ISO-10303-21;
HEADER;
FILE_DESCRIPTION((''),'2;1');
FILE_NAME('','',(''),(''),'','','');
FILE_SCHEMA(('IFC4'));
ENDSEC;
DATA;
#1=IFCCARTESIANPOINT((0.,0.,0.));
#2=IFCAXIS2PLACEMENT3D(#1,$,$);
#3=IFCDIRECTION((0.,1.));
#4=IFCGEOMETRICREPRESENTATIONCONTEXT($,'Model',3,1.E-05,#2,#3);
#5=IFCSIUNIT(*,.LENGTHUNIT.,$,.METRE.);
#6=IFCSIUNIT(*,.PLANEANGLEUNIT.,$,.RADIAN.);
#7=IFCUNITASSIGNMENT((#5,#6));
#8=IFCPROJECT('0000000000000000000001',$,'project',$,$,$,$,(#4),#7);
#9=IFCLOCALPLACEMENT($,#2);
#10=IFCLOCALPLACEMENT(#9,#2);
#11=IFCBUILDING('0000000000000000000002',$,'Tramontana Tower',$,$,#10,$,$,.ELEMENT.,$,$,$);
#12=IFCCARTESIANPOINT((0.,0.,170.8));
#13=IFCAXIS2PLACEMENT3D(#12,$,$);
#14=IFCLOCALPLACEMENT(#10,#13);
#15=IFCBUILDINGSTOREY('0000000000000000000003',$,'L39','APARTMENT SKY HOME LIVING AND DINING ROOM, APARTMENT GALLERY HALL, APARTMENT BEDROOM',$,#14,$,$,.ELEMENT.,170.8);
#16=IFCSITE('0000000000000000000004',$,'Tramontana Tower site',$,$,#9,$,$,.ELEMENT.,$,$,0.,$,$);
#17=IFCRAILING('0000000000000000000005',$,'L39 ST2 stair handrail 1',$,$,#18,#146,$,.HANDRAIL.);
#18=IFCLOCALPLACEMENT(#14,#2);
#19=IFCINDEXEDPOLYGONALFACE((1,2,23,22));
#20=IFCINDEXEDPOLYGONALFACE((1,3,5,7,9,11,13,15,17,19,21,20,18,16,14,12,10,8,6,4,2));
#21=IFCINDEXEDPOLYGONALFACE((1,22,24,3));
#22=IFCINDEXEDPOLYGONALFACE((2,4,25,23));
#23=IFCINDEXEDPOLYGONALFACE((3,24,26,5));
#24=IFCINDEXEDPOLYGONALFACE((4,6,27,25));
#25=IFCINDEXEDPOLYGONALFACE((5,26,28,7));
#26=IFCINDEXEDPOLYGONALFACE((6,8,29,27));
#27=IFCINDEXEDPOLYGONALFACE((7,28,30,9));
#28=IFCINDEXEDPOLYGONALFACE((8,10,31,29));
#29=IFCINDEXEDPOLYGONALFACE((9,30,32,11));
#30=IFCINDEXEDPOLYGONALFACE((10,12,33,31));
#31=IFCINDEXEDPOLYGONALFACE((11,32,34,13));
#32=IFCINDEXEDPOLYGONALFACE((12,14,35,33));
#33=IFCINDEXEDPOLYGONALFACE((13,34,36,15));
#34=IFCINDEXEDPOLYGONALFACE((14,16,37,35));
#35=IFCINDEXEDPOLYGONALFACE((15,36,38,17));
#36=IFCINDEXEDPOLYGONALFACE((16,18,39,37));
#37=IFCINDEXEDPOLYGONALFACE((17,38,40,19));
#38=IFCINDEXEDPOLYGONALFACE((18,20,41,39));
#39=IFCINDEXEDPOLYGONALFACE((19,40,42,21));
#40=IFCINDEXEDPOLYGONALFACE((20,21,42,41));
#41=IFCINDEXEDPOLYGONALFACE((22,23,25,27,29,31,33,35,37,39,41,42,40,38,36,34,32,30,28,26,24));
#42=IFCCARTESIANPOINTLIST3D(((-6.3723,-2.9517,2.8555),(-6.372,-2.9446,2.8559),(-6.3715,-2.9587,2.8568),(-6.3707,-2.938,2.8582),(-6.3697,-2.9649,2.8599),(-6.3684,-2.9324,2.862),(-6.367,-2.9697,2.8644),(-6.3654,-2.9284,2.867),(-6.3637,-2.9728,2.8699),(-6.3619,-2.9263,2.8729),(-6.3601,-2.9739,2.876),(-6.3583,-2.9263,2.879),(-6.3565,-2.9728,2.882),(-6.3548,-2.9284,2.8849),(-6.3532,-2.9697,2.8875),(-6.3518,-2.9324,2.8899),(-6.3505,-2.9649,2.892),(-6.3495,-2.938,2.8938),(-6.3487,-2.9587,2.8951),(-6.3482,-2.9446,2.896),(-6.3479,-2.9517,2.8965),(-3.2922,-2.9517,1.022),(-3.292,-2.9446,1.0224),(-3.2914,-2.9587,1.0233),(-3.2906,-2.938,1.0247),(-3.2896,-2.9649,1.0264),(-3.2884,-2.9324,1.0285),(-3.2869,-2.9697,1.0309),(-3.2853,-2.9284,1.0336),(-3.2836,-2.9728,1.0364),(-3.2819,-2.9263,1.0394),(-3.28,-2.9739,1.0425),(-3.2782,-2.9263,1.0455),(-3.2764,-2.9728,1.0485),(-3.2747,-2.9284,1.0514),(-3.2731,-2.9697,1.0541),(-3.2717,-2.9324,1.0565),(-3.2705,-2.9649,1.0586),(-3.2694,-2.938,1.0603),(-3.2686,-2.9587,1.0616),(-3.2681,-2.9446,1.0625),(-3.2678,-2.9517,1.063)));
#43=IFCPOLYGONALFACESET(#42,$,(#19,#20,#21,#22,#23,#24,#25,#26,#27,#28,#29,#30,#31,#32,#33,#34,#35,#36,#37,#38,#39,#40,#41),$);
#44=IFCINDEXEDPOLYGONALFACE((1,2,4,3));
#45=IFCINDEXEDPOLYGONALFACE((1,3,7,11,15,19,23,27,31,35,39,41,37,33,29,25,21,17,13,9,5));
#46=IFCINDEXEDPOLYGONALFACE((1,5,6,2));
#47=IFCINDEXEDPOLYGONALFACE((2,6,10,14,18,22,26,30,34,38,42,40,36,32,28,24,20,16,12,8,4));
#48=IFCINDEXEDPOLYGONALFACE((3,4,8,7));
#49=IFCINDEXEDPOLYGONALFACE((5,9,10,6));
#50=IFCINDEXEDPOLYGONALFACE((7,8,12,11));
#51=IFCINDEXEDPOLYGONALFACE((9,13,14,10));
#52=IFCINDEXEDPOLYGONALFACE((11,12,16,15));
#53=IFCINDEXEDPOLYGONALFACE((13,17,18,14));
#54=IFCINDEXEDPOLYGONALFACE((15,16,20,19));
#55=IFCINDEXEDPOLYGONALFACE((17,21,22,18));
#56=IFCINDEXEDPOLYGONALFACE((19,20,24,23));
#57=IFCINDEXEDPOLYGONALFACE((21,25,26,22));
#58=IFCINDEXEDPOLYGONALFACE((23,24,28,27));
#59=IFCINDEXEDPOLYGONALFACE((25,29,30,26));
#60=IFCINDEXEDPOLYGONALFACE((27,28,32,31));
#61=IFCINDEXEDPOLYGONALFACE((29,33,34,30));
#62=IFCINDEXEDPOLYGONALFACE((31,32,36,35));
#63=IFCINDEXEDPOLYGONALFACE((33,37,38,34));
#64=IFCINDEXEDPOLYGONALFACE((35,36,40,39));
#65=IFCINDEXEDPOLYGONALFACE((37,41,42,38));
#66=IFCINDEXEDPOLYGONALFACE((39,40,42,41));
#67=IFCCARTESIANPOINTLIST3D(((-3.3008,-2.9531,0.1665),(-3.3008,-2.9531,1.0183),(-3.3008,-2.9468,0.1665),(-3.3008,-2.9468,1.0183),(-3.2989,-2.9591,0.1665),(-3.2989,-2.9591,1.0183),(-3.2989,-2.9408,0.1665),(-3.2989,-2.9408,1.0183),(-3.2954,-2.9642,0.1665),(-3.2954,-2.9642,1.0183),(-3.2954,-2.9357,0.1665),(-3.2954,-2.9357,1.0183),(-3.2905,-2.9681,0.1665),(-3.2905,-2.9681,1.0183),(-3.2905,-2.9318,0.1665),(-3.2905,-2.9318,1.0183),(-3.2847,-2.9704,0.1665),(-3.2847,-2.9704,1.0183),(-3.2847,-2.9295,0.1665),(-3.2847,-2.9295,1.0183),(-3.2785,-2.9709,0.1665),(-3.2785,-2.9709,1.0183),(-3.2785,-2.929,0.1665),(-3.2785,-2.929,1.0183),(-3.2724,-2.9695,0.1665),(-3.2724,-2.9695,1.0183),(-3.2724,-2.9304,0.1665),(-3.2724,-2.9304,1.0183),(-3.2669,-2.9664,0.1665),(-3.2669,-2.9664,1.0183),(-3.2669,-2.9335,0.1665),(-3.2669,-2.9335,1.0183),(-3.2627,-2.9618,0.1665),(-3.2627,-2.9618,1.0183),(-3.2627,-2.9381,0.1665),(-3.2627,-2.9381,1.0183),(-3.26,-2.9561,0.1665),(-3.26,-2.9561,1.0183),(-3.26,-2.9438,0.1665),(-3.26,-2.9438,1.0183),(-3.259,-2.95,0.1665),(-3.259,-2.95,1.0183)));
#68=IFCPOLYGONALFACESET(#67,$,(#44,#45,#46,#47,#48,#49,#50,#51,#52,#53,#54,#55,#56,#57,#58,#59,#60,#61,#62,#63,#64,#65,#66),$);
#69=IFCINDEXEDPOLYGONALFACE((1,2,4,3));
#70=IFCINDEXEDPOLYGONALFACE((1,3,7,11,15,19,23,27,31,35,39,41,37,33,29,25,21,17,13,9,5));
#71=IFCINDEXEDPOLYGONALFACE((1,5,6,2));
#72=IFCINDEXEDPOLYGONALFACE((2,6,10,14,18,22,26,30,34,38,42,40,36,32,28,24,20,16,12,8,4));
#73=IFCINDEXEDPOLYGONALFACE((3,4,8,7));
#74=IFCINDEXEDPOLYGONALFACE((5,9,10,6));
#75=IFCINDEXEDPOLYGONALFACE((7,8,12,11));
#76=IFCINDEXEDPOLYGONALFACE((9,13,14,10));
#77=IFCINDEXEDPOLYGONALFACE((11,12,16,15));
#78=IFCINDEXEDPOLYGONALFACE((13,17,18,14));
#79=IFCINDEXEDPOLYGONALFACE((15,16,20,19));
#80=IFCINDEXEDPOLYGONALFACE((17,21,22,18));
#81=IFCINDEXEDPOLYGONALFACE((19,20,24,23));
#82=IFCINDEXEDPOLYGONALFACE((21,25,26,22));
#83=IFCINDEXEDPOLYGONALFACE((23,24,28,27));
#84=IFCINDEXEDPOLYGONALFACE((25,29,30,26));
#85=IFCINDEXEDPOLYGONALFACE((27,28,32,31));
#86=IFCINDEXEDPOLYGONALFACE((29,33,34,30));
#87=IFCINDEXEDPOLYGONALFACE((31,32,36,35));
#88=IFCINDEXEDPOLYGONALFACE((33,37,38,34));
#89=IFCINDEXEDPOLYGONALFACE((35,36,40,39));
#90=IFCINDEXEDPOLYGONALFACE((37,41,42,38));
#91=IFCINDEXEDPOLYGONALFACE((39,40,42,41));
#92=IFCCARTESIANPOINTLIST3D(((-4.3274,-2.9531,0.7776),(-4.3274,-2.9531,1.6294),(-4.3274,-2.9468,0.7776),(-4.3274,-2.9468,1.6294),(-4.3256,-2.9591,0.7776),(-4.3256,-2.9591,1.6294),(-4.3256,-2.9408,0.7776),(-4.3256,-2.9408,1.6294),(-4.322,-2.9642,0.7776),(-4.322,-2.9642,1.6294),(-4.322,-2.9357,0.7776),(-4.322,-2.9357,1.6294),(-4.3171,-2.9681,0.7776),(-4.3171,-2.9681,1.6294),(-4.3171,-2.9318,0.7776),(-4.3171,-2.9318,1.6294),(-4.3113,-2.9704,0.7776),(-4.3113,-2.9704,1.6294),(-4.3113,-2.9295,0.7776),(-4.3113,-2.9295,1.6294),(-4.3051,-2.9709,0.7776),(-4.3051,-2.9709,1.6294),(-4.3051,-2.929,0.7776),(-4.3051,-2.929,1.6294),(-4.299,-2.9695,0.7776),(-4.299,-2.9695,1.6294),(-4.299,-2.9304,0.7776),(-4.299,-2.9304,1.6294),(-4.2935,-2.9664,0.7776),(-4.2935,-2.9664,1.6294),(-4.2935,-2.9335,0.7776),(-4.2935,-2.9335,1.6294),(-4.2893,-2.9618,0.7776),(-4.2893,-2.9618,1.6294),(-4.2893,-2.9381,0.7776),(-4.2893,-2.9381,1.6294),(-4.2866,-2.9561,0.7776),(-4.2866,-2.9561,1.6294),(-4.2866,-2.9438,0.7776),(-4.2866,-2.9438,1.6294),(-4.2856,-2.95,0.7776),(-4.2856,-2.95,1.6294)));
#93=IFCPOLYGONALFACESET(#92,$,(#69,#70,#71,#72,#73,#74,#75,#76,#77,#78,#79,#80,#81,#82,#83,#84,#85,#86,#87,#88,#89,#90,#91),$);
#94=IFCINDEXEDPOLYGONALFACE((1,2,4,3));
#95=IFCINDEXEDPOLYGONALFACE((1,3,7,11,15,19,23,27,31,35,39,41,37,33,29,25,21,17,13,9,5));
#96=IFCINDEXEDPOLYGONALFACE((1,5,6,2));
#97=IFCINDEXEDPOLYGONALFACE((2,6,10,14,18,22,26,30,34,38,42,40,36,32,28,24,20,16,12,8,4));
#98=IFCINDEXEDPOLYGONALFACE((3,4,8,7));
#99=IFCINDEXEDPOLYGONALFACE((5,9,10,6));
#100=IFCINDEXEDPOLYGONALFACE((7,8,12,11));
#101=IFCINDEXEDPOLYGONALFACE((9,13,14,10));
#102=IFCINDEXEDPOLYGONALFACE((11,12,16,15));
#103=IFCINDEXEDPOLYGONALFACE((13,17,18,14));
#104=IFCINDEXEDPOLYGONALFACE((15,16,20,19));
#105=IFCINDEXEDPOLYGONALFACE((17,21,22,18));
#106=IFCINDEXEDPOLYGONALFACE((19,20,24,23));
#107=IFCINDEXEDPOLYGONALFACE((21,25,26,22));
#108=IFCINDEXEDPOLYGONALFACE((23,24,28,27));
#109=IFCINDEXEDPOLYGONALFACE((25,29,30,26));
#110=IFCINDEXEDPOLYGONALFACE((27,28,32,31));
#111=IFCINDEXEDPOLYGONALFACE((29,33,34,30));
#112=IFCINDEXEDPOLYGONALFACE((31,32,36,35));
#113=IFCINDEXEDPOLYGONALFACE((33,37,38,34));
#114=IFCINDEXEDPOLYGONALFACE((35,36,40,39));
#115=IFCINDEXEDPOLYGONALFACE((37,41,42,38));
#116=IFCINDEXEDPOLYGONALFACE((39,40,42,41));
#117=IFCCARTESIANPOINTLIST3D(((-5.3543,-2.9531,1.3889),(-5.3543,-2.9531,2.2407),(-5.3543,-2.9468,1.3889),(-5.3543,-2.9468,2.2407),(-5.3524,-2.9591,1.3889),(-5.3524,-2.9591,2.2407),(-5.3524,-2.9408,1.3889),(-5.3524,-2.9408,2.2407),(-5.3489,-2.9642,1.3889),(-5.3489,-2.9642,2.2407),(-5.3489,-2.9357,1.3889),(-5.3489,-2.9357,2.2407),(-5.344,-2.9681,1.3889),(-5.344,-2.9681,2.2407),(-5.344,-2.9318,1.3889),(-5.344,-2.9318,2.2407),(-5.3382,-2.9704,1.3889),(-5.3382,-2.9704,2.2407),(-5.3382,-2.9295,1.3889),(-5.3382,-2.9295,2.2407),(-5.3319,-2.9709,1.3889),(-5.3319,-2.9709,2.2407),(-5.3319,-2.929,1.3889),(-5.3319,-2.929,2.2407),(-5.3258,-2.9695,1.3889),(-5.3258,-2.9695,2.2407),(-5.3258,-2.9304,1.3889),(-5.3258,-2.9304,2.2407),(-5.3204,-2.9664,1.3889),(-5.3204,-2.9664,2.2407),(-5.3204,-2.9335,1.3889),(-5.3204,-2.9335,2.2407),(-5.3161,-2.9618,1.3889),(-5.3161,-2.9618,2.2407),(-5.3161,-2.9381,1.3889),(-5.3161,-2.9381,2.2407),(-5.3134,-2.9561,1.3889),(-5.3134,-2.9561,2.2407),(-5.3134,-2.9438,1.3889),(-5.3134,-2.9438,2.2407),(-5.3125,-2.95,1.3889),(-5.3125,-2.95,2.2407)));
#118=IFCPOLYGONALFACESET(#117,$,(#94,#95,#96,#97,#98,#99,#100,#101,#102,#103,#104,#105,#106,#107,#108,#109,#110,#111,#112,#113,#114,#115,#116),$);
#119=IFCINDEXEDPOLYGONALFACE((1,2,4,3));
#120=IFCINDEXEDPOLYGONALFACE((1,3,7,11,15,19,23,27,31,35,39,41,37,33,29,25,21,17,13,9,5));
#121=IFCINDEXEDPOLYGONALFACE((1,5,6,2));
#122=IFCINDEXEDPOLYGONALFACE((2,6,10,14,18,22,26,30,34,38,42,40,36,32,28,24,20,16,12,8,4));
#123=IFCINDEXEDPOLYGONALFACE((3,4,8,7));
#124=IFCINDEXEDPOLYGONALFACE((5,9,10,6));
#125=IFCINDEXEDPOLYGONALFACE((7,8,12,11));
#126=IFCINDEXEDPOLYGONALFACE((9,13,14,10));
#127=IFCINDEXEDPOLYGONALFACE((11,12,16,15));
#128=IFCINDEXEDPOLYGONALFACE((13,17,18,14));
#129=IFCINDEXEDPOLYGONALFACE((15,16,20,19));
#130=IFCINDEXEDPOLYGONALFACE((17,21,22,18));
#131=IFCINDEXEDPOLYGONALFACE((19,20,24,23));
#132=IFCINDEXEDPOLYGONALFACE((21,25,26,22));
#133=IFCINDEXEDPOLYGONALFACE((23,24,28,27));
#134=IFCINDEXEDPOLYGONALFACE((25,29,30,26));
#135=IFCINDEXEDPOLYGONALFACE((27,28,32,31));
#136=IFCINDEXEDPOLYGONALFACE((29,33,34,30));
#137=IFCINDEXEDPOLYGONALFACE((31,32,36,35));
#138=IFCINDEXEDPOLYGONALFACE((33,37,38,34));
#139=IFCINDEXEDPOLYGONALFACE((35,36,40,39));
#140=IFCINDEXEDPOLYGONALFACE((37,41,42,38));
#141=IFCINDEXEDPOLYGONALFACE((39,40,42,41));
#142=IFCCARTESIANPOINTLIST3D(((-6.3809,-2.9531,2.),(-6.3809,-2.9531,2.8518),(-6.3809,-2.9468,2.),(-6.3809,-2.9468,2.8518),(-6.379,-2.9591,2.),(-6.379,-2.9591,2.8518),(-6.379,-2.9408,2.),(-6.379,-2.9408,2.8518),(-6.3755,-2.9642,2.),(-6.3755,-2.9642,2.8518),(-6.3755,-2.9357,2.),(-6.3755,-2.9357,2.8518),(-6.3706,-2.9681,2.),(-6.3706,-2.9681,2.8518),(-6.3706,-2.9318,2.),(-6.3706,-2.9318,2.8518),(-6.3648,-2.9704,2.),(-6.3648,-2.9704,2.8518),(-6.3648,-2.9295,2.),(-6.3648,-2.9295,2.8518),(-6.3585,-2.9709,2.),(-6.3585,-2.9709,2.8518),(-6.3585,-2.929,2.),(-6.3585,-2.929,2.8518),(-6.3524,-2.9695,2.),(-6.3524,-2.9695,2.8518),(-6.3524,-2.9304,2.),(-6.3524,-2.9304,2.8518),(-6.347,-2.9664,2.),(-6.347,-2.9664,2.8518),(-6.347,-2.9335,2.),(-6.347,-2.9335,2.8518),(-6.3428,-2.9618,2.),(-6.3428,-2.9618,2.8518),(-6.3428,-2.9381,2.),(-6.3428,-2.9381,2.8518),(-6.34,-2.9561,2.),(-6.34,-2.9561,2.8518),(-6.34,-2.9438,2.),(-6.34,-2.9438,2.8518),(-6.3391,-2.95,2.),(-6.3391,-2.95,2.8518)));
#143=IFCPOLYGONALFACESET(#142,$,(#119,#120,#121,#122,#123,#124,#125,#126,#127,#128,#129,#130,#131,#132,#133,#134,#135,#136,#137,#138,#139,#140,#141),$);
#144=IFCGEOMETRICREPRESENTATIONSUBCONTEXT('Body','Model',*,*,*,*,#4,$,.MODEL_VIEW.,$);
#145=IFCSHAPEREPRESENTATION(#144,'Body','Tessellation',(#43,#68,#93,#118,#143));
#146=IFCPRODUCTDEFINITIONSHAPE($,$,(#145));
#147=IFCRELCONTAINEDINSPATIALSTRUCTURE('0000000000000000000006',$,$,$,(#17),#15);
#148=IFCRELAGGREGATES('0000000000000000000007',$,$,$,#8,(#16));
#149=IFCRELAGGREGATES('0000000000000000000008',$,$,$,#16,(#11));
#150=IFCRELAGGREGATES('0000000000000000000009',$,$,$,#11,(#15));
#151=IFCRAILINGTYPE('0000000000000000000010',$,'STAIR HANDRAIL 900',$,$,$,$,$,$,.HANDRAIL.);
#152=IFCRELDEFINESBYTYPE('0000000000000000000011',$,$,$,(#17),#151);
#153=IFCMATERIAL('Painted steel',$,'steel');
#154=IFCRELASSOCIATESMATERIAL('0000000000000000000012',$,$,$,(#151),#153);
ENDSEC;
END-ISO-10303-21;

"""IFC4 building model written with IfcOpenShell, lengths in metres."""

from ifc_helpers import new_model, si_unit, direction, frame, origin, origin_2d, place, context, subcontext, project, spatial, circle, extrude, material, type_object, element, save


model = new_model("IFC4")

# Units and contexts
model_context = context("Model", 3, precision=1e-05, world=origin(), true_north=direction((0.0, 1.0)))
body_context = subcontext(model_context, "Body", "Model", "MODEL_VIEW")
ifc_project = project(units=[si_unit("LENGTHUNIT", "METRE"), si_unit("PLANEANGLEUNIT", "RADIAN")], contexts=[model_context])

# Site, building, storey
site_placement = place(None, origin())
site = spatial("IfcSite", under=ifc_project, at=site_placement, Name="Tramontana Tower site", CompositionType="ELEMENT", RefElevation=0.0)
building_placement = place(site_placement, origin())
building = spatial("IfcBuilding", under=site, at=building_placement, Name="Tramontana Tower", CompositionType="ELEMENT")
storey_placement = place(building_placement, frame((0.0, 0.0, 170.8)))
storey = spatial("IfcBuildingStorey", under=building, at=storey_placement, Name="L39", Description="APARTMENT SKY HOME LIVING AND DINING ROOM, APARTMENT GALLERY HALL, APARTMENT BEDROOM", CompositionType="ELEMENT", Elevation=170.8)

# Railing
ifc_material_1 = material(Name="Painted steel", Category="steel")
railing_type_1 = type_object("IfcRailingType", Name="STAIR HANDRAIL 900", PredefinedType="HANDRAIL", material=ifc_material_1)
railing_1_placement = place(storey_placement, frame((-3.28, -2.95, 0.1665)))
element("IfcRailing", 1, at=railing_1_placement, inside=storey, type_object=railing_type_1, Name="L39 ST2 stair handrail 1", PredefinedType="HANDRAIL", context=body_context, shape_type="SweptSolid", body=[
    extrude(circle(Radius=0.0239, at=origin_2d()), frame((0.0, 0.0, 0.876), z_axis=(-0.859279, 0.0, 0.511508), x_axis=(0.0, -1.0, 0.0)), (0.0, 0.0, 1.0), 3.5845),
    extrude(circle(Radius=0.021, at=origin_2d()), origin(), (0.0, 0.0, 1.0), 0.8518),
    extrude(circle(Radius=0.021, at=origin_2d()), frame((-1.0266, 0.0, 0.6111)), (0.0, 0.0, 1.0), 0.8518),
    extrude(circle(Radius=0.021, at=origin_2d()), frame((-2.0535, 0.0, 1.2224)), (0.0, 0.0, 1.0), 0.8518),
    extrude(circle(Radius=0.021, at=origin_2d()), frame((-3.0801, 0.0, 1.8335)), (0.0, 0.0, 1.0), 0.8518),
])

save(model, "model.ifc")
